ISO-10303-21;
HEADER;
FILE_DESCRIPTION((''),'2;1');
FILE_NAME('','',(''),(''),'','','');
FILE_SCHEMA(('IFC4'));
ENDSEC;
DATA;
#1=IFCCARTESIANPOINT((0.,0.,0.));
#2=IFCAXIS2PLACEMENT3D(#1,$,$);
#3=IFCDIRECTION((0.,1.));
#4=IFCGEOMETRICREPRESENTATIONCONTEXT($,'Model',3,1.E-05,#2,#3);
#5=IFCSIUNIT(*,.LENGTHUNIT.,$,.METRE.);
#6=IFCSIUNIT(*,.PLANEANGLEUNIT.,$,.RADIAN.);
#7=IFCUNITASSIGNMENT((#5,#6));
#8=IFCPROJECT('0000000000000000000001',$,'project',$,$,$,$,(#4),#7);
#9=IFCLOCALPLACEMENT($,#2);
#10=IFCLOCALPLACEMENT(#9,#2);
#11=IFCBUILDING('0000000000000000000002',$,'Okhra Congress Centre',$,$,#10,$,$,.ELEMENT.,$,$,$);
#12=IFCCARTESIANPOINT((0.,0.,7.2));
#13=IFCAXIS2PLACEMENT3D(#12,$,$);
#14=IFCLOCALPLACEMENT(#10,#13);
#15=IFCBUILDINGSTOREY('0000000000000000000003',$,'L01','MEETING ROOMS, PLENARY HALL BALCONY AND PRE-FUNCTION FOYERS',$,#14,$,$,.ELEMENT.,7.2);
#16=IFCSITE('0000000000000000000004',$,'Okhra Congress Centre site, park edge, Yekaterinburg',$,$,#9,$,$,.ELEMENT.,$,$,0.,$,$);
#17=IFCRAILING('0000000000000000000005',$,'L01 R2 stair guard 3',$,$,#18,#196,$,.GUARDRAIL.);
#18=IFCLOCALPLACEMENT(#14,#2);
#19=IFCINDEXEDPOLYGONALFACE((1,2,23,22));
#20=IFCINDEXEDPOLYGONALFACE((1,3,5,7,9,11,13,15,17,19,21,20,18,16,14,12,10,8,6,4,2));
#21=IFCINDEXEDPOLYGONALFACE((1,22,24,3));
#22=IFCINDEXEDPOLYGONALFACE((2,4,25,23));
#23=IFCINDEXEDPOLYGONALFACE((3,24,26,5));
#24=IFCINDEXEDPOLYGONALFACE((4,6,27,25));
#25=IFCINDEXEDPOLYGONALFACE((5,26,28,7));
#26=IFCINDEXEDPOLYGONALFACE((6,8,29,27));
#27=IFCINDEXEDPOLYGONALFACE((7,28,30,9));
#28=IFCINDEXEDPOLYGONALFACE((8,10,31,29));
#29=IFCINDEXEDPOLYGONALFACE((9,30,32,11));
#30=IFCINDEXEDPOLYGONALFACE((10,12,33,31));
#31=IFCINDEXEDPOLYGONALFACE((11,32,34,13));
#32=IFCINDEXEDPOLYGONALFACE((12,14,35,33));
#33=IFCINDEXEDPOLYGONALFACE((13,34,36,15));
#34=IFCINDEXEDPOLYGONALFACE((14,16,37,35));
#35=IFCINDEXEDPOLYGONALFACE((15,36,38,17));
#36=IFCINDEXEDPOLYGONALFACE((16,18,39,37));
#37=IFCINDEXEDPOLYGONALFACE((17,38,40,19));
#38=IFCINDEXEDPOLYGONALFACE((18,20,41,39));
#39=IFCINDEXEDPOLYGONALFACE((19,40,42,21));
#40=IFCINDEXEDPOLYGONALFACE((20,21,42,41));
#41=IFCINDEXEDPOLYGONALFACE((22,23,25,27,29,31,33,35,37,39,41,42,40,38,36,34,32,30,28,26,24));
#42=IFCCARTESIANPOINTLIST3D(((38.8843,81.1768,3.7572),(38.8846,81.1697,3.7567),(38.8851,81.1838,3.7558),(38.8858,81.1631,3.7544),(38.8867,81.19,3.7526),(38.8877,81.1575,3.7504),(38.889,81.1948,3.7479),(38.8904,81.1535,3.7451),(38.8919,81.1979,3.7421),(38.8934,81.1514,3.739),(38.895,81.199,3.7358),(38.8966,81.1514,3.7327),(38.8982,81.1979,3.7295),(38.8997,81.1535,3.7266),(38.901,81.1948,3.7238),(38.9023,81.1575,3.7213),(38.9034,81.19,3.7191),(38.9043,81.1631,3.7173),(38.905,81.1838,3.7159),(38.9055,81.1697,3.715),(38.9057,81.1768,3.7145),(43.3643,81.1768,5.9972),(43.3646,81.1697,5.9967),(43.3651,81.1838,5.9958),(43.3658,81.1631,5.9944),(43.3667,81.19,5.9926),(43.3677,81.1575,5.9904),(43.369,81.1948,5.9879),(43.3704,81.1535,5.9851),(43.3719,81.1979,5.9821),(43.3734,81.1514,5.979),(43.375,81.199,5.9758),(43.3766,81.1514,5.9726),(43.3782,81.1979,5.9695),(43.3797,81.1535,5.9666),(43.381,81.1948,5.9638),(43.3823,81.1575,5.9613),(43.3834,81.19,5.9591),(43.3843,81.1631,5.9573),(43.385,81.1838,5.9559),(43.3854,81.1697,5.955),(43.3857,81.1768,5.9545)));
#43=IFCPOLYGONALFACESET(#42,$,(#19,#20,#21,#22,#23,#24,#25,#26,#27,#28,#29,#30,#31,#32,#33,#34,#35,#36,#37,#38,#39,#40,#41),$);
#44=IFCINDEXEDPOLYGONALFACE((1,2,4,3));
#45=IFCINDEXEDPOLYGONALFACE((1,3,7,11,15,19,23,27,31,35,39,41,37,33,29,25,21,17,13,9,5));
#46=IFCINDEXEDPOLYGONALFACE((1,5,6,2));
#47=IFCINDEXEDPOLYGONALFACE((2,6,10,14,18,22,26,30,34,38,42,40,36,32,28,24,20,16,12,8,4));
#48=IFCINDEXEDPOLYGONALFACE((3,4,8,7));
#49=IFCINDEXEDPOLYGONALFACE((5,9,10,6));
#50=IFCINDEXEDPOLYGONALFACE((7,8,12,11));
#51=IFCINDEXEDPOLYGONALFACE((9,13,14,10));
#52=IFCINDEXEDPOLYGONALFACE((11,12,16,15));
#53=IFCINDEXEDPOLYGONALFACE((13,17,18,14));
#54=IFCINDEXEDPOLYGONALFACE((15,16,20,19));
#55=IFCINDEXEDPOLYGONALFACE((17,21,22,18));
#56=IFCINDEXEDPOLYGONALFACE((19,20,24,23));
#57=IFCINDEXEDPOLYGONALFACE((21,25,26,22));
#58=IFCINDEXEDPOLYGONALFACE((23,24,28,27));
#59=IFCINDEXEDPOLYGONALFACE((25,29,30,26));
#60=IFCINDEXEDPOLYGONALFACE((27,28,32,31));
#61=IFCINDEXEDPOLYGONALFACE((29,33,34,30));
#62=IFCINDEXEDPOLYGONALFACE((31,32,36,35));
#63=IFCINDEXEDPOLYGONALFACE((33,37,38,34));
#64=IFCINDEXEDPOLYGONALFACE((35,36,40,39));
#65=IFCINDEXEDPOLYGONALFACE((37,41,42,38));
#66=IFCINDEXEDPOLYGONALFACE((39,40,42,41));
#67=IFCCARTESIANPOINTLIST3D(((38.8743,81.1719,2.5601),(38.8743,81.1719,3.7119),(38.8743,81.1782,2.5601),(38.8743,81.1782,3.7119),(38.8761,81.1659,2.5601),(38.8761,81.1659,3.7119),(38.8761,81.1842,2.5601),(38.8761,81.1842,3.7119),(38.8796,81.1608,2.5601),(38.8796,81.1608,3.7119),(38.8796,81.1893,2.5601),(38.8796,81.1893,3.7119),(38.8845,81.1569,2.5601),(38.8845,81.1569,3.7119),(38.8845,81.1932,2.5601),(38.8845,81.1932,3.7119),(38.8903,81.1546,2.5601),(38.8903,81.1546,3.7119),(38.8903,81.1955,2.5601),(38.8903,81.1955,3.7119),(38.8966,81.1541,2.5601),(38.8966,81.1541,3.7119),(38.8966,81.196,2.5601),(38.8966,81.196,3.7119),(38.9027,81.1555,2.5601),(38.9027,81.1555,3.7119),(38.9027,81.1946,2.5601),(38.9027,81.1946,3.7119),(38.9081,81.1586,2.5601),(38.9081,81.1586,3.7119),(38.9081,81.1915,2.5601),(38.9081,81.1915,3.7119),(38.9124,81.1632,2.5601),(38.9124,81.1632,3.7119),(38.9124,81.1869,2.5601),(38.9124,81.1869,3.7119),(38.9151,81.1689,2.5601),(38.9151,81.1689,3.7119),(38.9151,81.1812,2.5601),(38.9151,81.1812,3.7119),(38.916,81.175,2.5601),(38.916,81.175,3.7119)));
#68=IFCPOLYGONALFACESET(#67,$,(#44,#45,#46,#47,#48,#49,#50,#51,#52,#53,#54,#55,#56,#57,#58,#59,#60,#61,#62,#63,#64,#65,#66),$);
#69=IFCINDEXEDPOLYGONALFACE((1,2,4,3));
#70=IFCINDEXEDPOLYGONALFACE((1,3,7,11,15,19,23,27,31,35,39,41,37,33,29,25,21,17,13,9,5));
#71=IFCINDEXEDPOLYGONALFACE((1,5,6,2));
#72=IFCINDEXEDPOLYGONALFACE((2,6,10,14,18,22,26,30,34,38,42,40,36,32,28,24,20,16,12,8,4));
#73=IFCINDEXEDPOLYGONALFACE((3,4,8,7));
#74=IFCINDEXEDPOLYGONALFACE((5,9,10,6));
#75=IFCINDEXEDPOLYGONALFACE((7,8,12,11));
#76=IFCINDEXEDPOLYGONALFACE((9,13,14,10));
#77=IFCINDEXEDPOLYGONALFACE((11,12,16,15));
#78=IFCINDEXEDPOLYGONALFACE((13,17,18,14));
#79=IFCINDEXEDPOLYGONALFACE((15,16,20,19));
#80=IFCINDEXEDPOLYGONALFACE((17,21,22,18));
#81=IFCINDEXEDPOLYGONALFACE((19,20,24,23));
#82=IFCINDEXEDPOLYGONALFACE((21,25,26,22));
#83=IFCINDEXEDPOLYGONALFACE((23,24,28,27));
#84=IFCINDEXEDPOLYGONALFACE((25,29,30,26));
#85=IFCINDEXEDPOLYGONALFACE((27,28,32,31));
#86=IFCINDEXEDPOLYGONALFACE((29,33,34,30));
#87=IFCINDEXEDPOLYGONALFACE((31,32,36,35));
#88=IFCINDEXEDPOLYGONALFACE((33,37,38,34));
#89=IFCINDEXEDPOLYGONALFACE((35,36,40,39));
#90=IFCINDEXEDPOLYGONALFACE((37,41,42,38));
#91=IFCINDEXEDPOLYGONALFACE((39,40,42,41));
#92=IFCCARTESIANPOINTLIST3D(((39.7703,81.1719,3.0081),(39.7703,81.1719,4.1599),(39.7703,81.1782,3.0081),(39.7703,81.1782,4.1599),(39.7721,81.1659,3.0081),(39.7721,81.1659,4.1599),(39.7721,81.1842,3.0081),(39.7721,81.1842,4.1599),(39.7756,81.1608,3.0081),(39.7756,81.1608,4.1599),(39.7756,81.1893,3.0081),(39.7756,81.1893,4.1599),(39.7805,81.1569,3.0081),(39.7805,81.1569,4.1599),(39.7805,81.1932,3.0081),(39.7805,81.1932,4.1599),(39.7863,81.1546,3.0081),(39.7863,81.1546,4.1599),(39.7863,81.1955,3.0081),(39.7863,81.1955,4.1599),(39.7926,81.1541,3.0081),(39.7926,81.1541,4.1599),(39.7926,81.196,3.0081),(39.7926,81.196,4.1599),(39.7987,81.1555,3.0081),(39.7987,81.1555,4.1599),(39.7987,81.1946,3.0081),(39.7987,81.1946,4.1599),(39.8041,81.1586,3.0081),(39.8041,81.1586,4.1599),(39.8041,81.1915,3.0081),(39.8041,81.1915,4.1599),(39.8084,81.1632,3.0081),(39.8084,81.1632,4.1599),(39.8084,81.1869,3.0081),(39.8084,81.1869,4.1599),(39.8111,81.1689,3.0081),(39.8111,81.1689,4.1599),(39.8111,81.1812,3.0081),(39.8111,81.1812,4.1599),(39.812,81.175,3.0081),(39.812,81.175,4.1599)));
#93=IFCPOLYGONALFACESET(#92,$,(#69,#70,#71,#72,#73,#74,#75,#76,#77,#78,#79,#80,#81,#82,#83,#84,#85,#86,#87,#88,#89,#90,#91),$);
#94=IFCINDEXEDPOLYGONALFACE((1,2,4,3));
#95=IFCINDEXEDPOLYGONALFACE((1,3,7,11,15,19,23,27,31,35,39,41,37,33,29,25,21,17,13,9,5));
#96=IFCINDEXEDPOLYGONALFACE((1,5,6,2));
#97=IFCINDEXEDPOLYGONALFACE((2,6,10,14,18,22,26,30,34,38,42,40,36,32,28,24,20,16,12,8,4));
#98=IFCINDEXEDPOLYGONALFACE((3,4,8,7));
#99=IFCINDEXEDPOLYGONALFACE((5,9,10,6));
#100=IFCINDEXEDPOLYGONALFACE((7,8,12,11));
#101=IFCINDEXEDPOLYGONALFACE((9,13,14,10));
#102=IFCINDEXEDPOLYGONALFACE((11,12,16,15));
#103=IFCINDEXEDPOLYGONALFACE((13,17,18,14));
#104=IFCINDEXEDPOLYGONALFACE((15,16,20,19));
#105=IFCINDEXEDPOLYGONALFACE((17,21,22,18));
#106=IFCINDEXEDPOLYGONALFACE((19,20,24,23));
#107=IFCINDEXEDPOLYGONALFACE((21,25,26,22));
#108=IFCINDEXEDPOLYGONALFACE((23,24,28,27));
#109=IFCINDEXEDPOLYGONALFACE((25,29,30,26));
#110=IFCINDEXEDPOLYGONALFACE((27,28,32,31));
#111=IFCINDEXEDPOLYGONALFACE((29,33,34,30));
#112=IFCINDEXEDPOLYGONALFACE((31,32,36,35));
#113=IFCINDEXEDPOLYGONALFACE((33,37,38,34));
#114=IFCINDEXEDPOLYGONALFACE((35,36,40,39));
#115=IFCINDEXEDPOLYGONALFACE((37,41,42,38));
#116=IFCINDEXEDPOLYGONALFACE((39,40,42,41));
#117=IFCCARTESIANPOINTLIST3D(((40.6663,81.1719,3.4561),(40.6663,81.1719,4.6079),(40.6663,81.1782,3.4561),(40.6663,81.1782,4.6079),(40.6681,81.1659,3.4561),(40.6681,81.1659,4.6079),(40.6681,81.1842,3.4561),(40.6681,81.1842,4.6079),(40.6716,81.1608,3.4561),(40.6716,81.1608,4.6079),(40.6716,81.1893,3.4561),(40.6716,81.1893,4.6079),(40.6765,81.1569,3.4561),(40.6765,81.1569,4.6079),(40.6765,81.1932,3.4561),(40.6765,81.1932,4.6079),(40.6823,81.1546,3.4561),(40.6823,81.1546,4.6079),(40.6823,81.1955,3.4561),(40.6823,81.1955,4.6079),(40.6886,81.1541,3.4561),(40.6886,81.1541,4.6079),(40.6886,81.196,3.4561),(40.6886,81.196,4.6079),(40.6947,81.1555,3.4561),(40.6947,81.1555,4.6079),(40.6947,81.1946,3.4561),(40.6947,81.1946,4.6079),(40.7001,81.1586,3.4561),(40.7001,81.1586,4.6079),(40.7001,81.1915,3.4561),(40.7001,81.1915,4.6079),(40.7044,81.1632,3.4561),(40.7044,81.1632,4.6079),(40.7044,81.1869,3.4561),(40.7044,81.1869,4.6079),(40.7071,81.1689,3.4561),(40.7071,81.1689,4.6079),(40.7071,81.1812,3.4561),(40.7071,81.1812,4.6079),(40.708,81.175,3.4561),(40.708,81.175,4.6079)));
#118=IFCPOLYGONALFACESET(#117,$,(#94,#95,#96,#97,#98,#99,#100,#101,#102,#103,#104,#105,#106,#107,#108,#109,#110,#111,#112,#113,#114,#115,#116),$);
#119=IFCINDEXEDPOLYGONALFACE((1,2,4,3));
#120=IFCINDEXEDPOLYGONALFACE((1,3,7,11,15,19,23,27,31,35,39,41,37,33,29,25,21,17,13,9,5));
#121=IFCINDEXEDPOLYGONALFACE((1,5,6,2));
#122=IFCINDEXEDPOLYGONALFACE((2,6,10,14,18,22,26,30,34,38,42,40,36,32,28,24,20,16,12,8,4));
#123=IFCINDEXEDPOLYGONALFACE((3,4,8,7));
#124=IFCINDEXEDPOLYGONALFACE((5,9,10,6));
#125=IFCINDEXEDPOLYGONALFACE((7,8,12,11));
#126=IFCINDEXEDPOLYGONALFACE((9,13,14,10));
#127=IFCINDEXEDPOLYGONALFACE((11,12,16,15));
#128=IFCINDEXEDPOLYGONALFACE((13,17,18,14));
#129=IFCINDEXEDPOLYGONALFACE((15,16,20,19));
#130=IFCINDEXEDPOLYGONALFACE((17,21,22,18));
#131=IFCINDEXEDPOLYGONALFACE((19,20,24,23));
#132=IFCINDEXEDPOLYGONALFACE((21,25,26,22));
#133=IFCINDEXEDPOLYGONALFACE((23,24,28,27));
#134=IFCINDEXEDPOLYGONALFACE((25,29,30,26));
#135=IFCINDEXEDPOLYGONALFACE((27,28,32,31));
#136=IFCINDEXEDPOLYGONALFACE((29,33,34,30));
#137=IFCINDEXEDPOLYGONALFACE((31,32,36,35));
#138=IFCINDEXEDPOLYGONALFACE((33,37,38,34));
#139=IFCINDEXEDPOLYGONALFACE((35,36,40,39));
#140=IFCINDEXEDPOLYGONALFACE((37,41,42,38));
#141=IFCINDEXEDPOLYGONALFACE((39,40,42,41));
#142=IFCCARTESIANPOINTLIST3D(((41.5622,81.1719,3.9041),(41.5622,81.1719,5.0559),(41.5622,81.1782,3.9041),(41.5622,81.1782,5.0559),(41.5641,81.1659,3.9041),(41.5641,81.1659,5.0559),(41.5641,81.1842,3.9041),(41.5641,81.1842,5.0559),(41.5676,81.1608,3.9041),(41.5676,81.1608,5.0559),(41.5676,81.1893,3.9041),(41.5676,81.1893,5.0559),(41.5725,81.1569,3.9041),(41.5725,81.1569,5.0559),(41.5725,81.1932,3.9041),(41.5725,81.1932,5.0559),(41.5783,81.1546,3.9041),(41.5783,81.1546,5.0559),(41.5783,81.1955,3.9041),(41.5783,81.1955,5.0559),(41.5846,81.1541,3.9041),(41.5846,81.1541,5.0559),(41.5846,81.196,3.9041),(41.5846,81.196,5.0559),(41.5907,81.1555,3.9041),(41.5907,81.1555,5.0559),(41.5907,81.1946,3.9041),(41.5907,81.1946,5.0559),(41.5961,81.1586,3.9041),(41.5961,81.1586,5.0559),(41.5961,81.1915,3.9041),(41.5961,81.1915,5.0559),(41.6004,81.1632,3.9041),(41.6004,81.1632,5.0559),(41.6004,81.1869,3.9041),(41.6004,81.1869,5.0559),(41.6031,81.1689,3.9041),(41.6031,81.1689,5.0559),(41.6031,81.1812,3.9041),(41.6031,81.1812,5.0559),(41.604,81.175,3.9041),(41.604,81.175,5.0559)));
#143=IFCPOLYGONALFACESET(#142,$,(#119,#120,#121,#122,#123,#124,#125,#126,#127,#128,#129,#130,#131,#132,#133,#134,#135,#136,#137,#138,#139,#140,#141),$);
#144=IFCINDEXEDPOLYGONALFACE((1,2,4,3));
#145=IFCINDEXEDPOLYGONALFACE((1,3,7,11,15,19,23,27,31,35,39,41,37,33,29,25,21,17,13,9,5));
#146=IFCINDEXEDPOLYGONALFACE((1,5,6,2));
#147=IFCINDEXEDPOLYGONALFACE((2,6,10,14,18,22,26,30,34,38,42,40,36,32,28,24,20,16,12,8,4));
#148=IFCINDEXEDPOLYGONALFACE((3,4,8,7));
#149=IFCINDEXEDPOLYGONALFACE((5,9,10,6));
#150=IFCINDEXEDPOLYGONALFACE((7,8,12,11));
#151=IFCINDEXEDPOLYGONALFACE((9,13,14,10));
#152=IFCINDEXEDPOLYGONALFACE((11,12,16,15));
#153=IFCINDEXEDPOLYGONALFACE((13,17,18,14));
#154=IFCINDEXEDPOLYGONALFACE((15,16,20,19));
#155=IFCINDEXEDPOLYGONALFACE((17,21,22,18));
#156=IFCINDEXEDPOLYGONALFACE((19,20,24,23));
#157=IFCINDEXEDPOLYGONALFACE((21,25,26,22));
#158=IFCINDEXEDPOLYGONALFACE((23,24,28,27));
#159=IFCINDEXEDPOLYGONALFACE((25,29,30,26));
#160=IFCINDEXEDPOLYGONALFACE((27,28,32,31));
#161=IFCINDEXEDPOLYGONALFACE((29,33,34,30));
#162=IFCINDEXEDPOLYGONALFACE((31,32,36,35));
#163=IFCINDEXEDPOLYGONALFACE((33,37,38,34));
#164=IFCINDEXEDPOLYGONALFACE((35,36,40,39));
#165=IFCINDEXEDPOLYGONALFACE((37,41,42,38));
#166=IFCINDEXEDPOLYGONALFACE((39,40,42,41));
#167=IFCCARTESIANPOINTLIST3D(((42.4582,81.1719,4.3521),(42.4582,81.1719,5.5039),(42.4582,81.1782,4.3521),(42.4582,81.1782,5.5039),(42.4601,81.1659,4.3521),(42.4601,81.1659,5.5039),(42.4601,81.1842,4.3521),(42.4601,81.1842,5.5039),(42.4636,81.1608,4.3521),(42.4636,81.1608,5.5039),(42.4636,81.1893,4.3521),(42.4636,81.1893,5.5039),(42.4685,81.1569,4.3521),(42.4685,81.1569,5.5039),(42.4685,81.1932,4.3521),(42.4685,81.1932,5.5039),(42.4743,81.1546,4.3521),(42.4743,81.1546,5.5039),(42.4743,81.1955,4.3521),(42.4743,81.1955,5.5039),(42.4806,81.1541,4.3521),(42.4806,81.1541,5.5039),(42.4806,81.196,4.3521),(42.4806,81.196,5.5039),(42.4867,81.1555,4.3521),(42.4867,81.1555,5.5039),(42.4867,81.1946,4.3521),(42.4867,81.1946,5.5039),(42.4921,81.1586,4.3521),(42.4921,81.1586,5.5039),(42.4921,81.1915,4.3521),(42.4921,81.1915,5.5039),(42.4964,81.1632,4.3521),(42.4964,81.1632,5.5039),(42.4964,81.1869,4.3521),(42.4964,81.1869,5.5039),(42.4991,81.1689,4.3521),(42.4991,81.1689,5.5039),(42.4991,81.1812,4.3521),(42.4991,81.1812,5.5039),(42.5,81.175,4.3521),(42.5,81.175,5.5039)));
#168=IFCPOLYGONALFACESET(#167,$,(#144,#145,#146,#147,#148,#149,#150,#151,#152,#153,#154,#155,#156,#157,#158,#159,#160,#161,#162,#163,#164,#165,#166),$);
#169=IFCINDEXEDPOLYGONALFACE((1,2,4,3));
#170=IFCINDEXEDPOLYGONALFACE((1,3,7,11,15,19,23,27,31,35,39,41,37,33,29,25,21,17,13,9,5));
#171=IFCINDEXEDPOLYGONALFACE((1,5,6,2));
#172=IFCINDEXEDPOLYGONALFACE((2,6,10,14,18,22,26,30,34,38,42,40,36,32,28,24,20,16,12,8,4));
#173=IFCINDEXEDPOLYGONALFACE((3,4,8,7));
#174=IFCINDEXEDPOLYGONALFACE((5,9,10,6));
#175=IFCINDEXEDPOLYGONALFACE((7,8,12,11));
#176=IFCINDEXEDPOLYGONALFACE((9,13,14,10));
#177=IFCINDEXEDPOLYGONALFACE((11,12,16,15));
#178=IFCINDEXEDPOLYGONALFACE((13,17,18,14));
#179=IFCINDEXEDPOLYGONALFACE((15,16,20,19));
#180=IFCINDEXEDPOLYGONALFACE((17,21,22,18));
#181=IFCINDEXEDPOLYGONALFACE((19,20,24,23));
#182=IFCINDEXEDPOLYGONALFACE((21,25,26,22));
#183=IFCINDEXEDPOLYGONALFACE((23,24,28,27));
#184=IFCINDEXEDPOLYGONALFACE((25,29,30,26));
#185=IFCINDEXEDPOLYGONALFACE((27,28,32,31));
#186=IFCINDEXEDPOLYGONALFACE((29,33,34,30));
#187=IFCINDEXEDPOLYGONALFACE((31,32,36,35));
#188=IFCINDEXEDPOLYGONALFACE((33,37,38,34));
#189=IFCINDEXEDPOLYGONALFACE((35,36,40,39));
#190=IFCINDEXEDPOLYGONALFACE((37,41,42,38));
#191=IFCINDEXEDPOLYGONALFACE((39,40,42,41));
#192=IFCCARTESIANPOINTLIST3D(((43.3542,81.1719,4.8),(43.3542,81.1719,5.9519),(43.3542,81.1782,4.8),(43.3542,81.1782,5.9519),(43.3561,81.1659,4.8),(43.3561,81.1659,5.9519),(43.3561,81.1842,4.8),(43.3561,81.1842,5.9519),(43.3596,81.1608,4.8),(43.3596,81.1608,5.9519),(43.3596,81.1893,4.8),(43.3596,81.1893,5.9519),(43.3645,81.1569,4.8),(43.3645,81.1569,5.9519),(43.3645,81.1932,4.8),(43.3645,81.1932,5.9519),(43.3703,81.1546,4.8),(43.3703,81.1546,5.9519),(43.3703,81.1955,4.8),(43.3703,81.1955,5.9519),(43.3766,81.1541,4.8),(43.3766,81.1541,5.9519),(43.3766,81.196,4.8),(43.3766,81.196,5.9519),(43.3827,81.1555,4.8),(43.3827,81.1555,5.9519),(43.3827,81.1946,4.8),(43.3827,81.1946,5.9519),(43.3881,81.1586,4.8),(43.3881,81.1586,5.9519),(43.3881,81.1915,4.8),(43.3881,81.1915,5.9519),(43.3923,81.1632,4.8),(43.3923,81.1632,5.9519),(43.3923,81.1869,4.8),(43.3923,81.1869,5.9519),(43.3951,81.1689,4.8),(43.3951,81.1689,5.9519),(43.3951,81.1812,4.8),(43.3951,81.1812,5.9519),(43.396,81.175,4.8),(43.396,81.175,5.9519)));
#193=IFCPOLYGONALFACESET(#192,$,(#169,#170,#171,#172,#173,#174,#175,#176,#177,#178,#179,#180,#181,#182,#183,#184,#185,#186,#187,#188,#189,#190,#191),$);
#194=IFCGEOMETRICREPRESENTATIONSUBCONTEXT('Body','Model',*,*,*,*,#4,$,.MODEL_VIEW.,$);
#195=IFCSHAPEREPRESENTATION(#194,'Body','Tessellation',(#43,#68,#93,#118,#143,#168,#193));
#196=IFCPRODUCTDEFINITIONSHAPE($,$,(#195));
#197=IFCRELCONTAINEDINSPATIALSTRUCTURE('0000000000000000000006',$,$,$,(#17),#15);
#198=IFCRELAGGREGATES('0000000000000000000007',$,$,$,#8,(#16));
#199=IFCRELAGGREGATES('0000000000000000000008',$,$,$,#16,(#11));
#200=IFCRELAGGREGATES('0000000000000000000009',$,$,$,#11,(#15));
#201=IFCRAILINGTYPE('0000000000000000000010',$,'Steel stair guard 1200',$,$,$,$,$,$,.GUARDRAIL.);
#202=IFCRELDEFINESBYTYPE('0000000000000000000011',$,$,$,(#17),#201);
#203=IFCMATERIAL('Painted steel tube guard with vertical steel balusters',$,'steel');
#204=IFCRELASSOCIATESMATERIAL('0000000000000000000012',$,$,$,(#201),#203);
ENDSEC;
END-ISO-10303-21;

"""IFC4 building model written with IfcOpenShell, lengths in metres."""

from ifc_helpers import new_model, si_unit, direction, frame, origin, origin_2d, place, context, subcontext, project, spatial, circle, extrude, material, type_object, element, save


model = new_model("IFC4")

# Units and contexts
model_context = context("Model", 3, precision=1e-05, world=origin(), true_north=direction((0.0, 1.0)))
body_context = subcontext(model_context, "Body", "Model", "MODEL_VIEW")
ifc_project = project(units=[si_unit("LENGTHUNIT", "METRE"), si_unit("PLANEANGLEUNIT", "RADIAN")], contexts=[model_context])

# Site, building, storey
site_placement = place(None, origin())
site = spatial("IfcSite", under=ifc_project, at=site_placement, Name="Okhra Congress Centre site, park edge, Yekaterinburg", CompositionType="ELEMENT", RefElevation=0.0)
building_placement = place(site_placement, origin())
building = spatial("IfcBuilding", under=site, at=building_placement, Name="Okhra Congress Centre", CompositionType="ELEMENT")
storey_placement = place(building_placement, frame((0.0, 0.0, 7.2)))
storey = spatial("IfcBuildingStorey", under=building, at=storey_placement, Name="L01", Description="MEETING ROOMS, PLENARY HALL BALCONY AND PRE-FUNCTION FOYERS", CompositionType="ELEMENT", Elevation=7.2)

# Railing
ifc_material_1 = material(Name="Painted steel tube guard with vertical steel balusters", Category="steel")
railing_type_1 = type_object("IfcRailingType", Name="Steel stair guard 1200", PredefinedType="GUARDRAIL", material=ifc_material_1)
railing_1_placement = place(storey_placement, frame((38.895, 81.175, 2.5601)))
element("IfcRailing", 1, at=railing_1_placement, inside=storey, type_object=railing_type_1, Name="L01 R2 stair guard 3", PredefinedType="GUARDRAIL", context=body_context, shape_type="SweptSolid", body=[
    extrude(circle(Radius=0.0239, at=origin_2d()), frame((0.0, 0.0, 1.1758), z_axis=(0.894427, 0.0, 0.447214), x_axis=(0.0, 1.0, 0.0)), (0.0, 0.0, 1.0), 5.0088),
    extrude(circle(Radius=0.021, at=origin_2d()), origin(), (0.0, 0.0, 1.0), 1.1519),
    extrude(circle(Radius=0.021, at=origin_2d()), frame((0.896, 0.0, 0.448)), (0.0, 0.0, 1.0), 1.1519),
    extrude(circle(Radius=0.021, at=origin_2d()), frame((1.792, 0.0, 0.896)), (0.0, 0.0, 1.0), 1.1519),
    extrude(circle(Radius=0.021, at=origin_2d()), frame((2.688, 0.0, 1.344)), (0.0, 0.0, 1.0), 1.1519),
    extrude(circle(Radius=0.021, at=origin_2d()), frame((3.584, 0.0, 1.792)), (0.0, 0.0, 1.0), 1.1519),
    extrude(circle(Radius=0.021, at=origin_2d()), frame((4.48, 0.0, 2.24)), (0.0, 0.0, 1.0), 1.1519),
])

save(model, "model.ifc")
